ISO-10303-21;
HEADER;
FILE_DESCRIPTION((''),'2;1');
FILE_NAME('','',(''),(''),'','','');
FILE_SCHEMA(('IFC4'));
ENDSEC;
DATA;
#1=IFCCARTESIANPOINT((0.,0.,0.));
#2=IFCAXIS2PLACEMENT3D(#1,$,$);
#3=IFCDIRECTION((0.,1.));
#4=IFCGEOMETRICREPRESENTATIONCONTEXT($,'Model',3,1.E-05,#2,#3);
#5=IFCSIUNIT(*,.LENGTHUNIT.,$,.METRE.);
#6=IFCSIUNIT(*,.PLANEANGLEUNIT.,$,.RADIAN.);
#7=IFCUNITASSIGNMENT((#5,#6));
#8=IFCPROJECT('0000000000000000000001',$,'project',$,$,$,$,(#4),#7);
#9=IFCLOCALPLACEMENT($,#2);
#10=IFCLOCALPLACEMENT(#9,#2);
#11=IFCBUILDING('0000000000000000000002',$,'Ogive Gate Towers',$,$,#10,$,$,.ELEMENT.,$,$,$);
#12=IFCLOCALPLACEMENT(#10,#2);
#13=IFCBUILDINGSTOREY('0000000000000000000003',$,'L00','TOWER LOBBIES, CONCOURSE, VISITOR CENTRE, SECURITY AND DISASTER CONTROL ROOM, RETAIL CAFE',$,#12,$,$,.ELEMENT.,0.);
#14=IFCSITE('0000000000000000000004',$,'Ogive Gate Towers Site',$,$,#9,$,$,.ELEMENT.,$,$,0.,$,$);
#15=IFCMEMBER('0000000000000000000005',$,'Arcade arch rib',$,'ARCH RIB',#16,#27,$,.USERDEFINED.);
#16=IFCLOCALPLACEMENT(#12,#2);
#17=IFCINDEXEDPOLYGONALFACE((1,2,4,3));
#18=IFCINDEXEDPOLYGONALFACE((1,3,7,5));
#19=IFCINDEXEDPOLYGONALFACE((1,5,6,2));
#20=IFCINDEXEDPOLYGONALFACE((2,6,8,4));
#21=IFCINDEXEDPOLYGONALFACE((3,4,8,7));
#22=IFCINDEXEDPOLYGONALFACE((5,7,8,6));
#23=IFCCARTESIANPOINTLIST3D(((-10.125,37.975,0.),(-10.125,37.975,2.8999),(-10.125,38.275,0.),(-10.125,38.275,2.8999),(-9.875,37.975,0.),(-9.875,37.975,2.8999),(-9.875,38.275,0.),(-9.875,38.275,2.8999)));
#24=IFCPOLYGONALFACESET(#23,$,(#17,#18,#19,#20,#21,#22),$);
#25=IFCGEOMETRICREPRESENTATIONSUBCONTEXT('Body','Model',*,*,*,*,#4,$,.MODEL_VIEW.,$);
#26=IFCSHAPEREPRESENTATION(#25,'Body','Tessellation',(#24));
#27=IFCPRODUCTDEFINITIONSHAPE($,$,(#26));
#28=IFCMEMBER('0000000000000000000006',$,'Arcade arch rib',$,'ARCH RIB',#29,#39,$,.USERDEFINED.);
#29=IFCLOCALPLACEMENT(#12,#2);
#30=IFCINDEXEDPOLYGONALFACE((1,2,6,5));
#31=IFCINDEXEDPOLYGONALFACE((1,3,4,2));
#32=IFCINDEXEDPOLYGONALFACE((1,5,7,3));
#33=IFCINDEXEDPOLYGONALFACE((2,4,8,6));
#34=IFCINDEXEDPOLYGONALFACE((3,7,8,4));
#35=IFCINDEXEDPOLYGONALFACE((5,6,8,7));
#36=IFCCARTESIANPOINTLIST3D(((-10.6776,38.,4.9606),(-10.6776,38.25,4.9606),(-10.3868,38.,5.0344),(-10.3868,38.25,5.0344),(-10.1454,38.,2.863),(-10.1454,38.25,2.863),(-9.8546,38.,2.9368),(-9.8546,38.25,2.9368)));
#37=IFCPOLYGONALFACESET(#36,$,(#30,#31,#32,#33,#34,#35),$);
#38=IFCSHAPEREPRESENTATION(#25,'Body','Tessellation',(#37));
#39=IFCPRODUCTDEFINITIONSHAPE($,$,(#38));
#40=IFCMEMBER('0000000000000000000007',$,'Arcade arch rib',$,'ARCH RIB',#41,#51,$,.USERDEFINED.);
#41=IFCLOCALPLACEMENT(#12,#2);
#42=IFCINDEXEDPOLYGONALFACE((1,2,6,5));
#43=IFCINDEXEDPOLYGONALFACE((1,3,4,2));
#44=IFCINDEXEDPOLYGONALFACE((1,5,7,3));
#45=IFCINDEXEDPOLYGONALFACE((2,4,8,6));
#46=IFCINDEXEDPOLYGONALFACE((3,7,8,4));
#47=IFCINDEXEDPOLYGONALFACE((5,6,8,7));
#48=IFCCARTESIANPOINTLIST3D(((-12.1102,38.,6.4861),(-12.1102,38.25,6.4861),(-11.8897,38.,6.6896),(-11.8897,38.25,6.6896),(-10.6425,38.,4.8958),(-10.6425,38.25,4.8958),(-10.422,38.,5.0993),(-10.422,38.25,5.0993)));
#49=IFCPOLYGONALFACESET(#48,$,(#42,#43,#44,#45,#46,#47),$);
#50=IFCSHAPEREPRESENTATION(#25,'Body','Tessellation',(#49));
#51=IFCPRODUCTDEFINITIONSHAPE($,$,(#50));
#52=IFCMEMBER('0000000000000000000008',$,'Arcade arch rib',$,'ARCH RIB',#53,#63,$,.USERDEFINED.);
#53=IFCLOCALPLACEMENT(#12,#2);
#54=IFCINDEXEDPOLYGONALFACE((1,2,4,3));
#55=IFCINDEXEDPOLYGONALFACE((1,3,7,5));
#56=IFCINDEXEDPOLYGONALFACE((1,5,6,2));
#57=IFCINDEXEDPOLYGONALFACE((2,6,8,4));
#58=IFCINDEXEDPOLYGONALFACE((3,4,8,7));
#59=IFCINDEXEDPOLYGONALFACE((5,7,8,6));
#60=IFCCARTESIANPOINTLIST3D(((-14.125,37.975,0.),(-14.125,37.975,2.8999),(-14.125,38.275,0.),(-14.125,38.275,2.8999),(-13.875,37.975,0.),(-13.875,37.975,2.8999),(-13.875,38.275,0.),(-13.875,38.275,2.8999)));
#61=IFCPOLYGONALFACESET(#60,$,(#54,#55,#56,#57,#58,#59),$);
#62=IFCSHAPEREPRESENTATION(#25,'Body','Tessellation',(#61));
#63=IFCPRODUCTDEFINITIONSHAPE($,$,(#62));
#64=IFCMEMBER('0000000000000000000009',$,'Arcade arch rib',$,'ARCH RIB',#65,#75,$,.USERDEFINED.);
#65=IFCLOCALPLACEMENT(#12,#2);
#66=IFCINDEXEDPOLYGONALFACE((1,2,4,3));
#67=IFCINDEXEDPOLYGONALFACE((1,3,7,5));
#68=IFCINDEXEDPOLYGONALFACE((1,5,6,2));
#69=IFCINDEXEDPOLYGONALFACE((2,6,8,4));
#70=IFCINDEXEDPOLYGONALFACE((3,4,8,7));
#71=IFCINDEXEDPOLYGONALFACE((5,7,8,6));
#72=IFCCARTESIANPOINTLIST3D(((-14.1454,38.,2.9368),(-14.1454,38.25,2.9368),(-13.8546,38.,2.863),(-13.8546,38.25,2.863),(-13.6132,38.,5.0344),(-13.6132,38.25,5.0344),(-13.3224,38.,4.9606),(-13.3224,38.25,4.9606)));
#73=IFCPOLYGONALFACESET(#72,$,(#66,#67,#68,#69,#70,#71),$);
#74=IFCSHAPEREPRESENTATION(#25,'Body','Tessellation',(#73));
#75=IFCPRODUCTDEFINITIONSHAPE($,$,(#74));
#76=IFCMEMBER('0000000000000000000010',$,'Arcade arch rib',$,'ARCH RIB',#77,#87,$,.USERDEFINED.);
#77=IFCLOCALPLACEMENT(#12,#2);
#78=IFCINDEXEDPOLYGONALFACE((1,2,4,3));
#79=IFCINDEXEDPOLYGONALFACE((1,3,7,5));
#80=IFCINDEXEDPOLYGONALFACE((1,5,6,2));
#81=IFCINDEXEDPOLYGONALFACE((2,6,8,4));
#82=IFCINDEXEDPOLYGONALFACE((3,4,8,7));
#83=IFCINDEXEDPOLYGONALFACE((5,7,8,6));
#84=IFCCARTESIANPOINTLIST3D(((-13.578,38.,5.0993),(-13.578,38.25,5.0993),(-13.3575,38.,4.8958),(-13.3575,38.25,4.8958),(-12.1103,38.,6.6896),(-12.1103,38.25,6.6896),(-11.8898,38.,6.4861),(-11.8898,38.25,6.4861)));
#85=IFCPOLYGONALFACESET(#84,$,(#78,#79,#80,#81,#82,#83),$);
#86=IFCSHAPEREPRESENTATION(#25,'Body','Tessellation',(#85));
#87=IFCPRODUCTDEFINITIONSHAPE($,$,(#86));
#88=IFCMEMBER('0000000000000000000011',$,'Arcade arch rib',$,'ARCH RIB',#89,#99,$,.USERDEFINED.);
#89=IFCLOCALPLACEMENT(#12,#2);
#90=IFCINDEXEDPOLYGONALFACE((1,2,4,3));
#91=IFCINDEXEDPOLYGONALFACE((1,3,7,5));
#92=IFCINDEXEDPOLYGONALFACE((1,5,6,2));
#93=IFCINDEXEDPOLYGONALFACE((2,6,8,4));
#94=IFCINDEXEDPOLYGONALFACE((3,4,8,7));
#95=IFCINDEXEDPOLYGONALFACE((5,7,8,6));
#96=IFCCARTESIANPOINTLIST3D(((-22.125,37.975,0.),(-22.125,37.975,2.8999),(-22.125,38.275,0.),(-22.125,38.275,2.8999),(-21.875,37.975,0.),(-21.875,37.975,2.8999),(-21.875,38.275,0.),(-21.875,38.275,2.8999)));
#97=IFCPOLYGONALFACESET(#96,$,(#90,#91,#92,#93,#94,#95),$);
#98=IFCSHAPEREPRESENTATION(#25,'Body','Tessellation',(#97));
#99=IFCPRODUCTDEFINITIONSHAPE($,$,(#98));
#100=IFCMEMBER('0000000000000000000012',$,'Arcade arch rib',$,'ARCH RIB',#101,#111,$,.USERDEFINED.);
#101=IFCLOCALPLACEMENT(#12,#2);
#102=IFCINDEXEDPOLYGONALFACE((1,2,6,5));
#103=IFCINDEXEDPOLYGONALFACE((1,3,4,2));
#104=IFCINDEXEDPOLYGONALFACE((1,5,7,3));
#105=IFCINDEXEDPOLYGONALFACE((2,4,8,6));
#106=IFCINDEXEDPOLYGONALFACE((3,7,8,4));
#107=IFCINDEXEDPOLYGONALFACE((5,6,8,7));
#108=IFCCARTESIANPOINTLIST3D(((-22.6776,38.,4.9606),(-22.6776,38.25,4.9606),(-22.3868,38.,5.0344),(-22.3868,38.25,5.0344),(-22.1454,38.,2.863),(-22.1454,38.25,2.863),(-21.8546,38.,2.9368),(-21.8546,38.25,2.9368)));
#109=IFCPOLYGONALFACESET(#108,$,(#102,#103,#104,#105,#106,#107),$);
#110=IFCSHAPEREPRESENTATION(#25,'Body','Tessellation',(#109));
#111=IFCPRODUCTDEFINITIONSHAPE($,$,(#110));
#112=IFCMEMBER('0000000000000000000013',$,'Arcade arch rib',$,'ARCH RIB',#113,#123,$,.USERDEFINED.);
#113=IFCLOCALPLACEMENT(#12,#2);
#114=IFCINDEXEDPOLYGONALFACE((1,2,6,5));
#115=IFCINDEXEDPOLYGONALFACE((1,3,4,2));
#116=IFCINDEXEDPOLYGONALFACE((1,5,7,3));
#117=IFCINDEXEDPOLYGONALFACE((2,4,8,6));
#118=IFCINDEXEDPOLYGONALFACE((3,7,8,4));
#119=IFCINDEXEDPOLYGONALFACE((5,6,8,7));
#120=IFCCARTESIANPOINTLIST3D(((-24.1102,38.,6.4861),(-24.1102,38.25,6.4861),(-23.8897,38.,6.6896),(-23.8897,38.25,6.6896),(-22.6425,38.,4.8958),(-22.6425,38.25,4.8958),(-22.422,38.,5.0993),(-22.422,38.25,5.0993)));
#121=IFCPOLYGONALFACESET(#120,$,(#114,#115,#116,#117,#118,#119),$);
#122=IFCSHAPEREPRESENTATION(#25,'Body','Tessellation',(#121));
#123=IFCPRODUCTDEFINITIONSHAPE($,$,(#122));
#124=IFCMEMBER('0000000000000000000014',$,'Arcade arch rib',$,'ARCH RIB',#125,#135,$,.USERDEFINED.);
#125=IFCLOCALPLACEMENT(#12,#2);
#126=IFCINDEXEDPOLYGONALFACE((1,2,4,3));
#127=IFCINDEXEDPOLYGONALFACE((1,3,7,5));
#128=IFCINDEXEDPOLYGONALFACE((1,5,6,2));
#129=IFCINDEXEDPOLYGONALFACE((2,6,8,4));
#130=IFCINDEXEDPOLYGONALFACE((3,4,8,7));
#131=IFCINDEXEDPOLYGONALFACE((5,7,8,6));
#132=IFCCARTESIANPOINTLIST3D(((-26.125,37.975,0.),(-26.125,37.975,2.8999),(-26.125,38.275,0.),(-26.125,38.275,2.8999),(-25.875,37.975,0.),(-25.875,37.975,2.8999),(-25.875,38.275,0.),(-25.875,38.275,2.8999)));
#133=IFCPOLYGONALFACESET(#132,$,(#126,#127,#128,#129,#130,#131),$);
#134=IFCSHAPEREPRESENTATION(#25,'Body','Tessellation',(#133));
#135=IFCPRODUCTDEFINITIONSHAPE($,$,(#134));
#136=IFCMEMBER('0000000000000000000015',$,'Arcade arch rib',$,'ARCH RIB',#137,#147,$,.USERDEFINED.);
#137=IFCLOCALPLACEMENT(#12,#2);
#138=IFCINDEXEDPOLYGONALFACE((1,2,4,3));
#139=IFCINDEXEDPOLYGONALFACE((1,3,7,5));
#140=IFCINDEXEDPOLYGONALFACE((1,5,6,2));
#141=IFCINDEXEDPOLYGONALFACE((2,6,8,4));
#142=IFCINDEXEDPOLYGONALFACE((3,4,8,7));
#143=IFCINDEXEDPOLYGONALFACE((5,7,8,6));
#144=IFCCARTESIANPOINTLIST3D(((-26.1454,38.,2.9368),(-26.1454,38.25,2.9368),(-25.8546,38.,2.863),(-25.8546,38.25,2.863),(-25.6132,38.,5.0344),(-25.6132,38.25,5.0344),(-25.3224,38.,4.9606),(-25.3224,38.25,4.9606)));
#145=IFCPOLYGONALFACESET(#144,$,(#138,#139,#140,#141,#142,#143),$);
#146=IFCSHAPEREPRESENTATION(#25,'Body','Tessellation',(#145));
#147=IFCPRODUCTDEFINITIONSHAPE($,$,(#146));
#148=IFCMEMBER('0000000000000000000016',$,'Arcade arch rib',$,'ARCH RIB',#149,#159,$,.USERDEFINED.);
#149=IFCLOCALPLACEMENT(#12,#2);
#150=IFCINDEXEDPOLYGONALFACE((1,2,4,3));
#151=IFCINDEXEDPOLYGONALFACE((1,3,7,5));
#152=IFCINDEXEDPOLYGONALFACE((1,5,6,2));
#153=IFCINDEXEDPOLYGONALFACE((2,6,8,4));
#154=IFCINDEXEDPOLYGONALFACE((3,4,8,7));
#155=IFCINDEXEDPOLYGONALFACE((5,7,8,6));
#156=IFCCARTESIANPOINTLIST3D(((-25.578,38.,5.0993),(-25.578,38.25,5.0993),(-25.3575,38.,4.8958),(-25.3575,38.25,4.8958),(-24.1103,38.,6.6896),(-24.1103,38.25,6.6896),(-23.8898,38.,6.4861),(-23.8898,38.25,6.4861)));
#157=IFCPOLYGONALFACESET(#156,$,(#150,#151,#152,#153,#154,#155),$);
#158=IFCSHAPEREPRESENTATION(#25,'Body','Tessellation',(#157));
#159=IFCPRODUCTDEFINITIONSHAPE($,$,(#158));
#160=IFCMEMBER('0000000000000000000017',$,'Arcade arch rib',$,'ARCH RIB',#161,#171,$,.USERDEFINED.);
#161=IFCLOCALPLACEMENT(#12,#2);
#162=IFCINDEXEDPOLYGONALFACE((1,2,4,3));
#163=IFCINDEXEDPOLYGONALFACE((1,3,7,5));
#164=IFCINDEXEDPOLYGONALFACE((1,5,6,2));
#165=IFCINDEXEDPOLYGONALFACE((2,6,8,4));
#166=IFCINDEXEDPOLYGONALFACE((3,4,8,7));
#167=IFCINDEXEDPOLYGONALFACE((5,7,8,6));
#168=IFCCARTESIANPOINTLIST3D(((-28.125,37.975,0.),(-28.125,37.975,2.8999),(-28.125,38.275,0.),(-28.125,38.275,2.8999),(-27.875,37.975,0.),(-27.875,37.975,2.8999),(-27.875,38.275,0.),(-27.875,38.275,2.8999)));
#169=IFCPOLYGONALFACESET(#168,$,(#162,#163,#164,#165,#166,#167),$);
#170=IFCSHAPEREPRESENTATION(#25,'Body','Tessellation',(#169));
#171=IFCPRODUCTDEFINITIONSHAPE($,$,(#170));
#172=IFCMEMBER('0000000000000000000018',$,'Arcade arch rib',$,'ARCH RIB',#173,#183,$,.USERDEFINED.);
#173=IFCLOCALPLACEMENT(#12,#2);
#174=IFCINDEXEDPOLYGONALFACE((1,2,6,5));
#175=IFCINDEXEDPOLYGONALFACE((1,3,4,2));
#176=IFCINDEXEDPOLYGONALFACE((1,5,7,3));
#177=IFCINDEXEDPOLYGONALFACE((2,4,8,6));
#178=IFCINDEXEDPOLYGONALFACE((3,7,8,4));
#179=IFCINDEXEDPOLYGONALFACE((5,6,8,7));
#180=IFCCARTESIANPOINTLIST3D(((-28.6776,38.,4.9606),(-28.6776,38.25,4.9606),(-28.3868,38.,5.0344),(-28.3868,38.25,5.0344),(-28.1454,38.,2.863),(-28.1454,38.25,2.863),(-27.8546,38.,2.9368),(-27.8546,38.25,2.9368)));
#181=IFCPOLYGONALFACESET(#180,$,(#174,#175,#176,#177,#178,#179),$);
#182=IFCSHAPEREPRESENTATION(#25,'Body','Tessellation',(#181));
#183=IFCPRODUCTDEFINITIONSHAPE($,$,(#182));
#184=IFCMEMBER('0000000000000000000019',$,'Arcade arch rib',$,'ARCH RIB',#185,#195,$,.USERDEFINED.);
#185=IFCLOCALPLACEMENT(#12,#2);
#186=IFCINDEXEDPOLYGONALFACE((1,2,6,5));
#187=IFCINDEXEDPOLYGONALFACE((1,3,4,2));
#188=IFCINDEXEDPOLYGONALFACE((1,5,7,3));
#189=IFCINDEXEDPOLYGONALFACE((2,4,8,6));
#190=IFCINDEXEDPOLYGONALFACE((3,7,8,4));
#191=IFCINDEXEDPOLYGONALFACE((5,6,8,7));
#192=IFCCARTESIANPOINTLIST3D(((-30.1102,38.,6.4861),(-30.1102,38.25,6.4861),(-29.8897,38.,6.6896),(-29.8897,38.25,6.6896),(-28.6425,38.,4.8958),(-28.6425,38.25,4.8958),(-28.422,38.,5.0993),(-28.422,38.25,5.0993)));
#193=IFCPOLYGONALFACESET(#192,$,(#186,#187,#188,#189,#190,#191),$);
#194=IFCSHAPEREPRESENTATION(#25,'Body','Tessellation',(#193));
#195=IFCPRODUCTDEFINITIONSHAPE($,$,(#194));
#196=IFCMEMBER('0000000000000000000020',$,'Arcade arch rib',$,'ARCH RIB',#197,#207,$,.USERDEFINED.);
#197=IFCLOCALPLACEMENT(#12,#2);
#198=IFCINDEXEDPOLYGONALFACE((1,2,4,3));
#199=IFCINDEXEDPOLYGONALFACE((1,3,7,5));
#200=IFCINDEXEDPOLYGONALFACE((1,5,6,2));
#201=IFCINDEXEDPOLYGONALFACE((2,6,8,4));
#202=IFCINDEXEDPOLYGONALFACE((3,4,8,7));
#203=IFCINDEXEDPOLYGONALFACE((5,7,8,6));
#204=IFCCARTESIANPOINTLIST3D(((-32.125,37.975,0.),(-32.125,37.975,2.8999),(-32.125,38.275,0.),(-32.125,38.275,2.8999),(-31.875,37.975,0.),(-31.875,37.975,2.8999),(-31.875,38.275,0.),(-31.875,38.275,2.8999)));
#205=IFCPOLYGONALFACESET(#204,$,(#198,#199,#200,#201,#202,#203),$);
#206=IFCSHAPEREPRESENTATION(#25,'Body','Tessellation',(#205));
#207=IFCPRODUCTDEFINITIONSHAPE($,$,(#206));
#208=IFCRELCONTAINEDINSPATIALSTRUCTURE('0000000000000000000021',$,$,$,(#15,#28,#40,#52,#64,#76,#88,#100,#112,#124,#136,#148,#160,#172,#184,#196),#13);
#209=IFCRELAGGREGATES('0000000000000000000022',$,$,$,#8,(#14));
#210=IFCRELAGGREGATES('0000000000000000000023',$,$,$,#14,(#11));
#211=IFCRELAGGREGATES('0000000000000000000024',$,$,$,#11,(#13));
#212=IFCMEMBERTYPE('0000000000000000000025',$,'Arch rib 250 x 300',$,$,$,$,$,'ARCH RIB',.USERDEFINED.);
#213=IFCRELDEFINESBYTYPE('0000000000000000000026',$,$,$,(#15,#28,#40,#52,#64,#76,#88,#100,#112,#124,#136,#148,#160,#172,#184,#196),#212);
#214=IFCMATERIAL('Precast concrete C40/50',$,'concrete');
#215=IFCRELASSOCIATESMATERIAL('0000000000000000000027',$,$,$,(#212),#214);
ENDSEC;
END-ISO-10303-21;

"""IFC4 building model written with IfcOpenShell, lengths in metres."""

from ifc_helpers import new_model, si_unit, direction, frame, origin, origin_2d, place, context, subcontext, project, spatial, rectangle, extrude, material, material_profile, profile_set, type_object, element, save


model = new_model("IFC4")

# Units and contexts
model_context = context("Model", 3, precision=1e-05, world=origin(), true_north=direction((0.0, 1.0)))
body_context = subcontext(model_context, "Body", "Model", "MODEL_VIEW")
ifc_project = project(units=[si_unit("LENGTHUNIT", "METRE"), si_unit("PLANEANGLEUNIT", "RADIAN")], contexts=[model_context])

# Site, building, storey
site_placement = place(None, origin())
site = spatial("IfcSite", under=ifc_project, at=site_placement, Name="Ogive Gate Towers Site", CompositionType="ELEMENT", RefElevation=0.0)
building_placement = place(site_placement, origin())
building = spatial("IfcBuilding", under=site, at=building_placement, Name="Ogive Gate Towers", CompositionType="ELEMENT")
storey_placement = place(building_placement, origin())
storey = spatial("IfcBuildingStorey", under=building, at=storey_placement, Name="L00", Description="TOWER LOBBIES, CONCOURSE, VISITOR CENTRE, SECURITY AND DISASTER CONTROL ROOM, RETAIL CAFE", CompositionType="ELEMENT", Elevation=0.0)

# Members
ifc_material_1 = material(Name="Precast concrete C40/50", Category="concrete")
ifc_material_profile = material_profile(ifc_material_1, rectangle(XDim=0.25, YDim=0.3, at=origin_2d()), Name="250 x 300 cast stone")
ifc_profile_set = profile_set([ifc_material_profile], Name="Precast concrete C40/50")
member_type = type_object("IfcMemberType", Name="Arch rib 250 x 300", ElementType="ARCH RIB", PredefinedType="USERDEFINED", material=ifc_profile_set)
member_1_placement = place(storey_placement, frame((-10.0, 38.125, 0.0), z_axis=(0.0, 0.0, 1.0), x_axis=(1.0, 0.0, 0.0)))
element("IfcMember", 1, at=member_1_placement, inside=storey, type_object=member_type, Name="Arcade arch rib", ObjectType="ARCH RIB", PredefinedType="USERDEFINED", context=body_context, shape_type="SweptSolid", body=[
    extrude(rectangle(XDim=0.25, YDim=0.3, at=origin_2d()), origin(), (0.0, 0.0, 1.0), 2.8999),
])
for number, where, z_axis, x_axis, name in (
    (2, (-10.0, 38.125, 2.8999), (-0.245932, 0.0, 0.969287), (0.0, -1.0, 0.0), "Arcade arch rib"),
    (3, (-10.5322, 38.125, 4.9976), (-0.678224, 0.0, 0.734855), (0.0, -1.0, 0.0), "Arcade arch rib"),
):
    element("IfcMember", number, at=place(storey_placement, frame(where, z_axis=z_axis, x_axis=x_axis)), inside=storey, type_object=member_type, Name=name, ObjectType="ARCH RIB", PredefinedType="USERDEFINED", context=body_context, shape_type="SweptSolid", body=[
        extrude(rectangle(XDim=0.25, YDim=0.3, at=origin_2d()), origin(), (0.0, 0.0, 1.0), 2.1641),
    ])
member_2_placement = place(storey_placement, frame((-14.0, 38.125, 0.0), z_axis=(0.0, 0.0, 1.0), x_axis=(1.0, 0.0, 0.0)))
element("IfcMember", 4, at=member_2_placement, inside=storey, type_object=member_type, Name="Arcade arch rib", ObjectType="ARCH RIB", PredefinedType="USERDEFINED", context=body_context, shape_type="SweptSolid", body=[
    extrude(rectangle(XDim=0.25, YDim=0.3, at=origin_2d()), origin(), (0.0, 0.0, 1.0), 2.8999),
])
for number, where, z_axis, x_axis, name in (
    (5, (-14.0, 38.125, 2.8999), (0.245932, 0.0, 0.969287), (0.0, 1.0, 0.0), "Arcade arch rib"),
    (6, (-13.4678, 38.125, 4.9976), (0.678224, 0.0, 0.734855), (0.0, 1.0, 0.0), "Arcade arch rib"),
):
    element("IfcMember", number, at=place(storey_placement, frame(where, z_axis=z_axis, x_axis=x_axis)), inside=storey, type_object=member_type, Name=name, ObjectType="ARCH RIB", PredefinedType="USERDEFINED", context=body_context, shape_type="SweptSolid", body=[
        extrude(rectangle(XDim=0.25, YDim=0.3, at=origin_2d()), origin(), (0.0, 0.0, 1.0), 2.1641),
    ])
member_3_placement = place(storey_placement, frame((-22.0, 38.125, 0.0), z_axis=(0.0, 0.0, 1.0), x_axis=(1.0, 0.0, 0.0)))
element("IfcMember", 7, at=member_3_placement, inside=storey, type_object=member_type, Name="Arcade arch rib", ObjectType="ARCH RIB", PredefinedType="USERDEFINED", context=body_context, shape_type="SweptSolid", body=[
    extrude(rectangle(XDim=0.25, YDim=0.3, at=origin_2d()), origin(), (0.0, 0.0, 1.0), 2.8999),
])
for number, where, z_axis, x_axis, name in (
    (8, (-22.0, 38.125, 2.8999), (-0.245932, 0.0, 0.969287), (0.0, -1.0, 0.0), "Arcade arch rib"),
    (9, (-22.5322, 38.125, 4.9976), (-0.678224, 0.0, 0.734855), (0.0, -1.0, 0.0), "Arcade arch rib"),
):
    element("IfcMember", number, at=place(storey_placement, frame(where, z_axis=z_axis, x_axis=x_axis)), inside=storey, type_object=member_type, Name=name, ObjectType="ARCH RIB", PredefinedType="USERDEFINED", context=body_context, shape_type="SweptSolid", body=[
        extrude(rectangle(XDim=0.25, YDim=0.3, at=origin_2d()), origin(), (0.0, 0.0, 1.0), 2.1641),
    ])
member_4_placement = place(storey_placement, frame((-26.0, 38.125, 0.0), z_axis=(0.0, 0.0, 1.0), x_axis=(1.0, 0.0, 0.0)))
element("IfcMember", 10, at=member_4_placement, inside=storey, type_object=member_type, Name="Arcade arch rib", ObjectType="ARCH RIB", PredefinedType="USERDEFINED", context=body_context, shape_type="SweptSolid", body=[
    extrude(rectangle(XDim=0.25, YDim=0.3, at=origin_2d()), origin(), (0.0, 0.0, 1.0), 2.8999),
])
for number, where, z_axis, x_axis, name in (
    (11, (-26.0, 38.125, 2.8999), (0.245932, 0.0, 0.969287), (0.0, 1.0, 0.0), "Arcade arch rib"),
    (12, (-25.4678, 38.125, 4.9976), (0.678224, 0.0, 0.734855), (0.0, 1.0, 0.0), "Arcade arch rib"),
):
    element("IfcMember", number, at=place(storey_placement, frame(where, z_axis=z_axis, x_axis=x_axis)), inside=storey, type_object=member_type, Name=name, ObjectType="ARCH RIB", PredefinedType="USERDEFINED", context=body_context, shape_type="SweptSolid", body=[
        extrude(rectangle(XDim=0.25, YDim=0.3, at=origin_2d()), origin(), (0.0, 0.0, 1.0), 2.1641),
    ])
member_5_placement = place(storey_placement, frame((-28.0, 38.125, 0.0), z_axis=(0.0, 0.0, 1.0), x_axis=(1.0, 0.0, 0.0)))
element("IfcMember", 13, at=member_5_placement, inside=storey, type_object=member_type, Name="Arcade arch rib", ObjectType="ARCH RIB", PredefinedType="USERDEFINED", context=body_context, shape_type="SweptSolid", body=[
    extrude(rectangle(XDim=0.25, YDim=0.3, at=origin_2d()), origin(), (0.0, 0.0, 1.0), 2.8999),
])
for number, where, z_axis, x_axis, name in (
    (14, (-28.0, 38.125, 2.8999), (-0.245932, 0.0, 0.969287), (0.0, -1.0, 0.0), "Arcade arch rib"),
    (15, (-28.5322, 38.125, 4.9976), (-0.678224, 0.0, 0.734855), (0.0, -1.0, 0.0), "Arcade arch rib"),
):
    element("IfcMember", number, at=place(storey_placement, frame(where, z_axis=z_axis, x_axis=x_axis)), inside=storey, type_object=member_type, Name=name, ObjectType="ARCH RIB", PredefinedType="USERDEFINED", context=body_context, shape_type="SweptSolid", body=[
        extrude(rectangle(XDim=0.25, YDim=0.3, at=origin_2d()), origin(), (0.0, 0.0, 1.0), 2.1641),
    ])
member_6_placement = place(storey_placement, frame((-32.0, 38.125, 0.0), z_axis=(0.0, 0.0, 1.0), x_axis=(1.0, 0.0, 0.0)))
element("IfcMember", 16, at=member_6_placement, inside=storey, type_object=member_type, Name="Arcade arch rib", ObjectType="ARCH RIB", PredefinedType="USERDEFINED", context=body_context, shape_type="SweptSolid", body=[
    extrude(rectangle(XDim=0.25, YDim=0.3, at=origin_2d()), origin(), (0.0, 0.0, 1.0), 2.8999),
])

save(model, "model.ifc")
